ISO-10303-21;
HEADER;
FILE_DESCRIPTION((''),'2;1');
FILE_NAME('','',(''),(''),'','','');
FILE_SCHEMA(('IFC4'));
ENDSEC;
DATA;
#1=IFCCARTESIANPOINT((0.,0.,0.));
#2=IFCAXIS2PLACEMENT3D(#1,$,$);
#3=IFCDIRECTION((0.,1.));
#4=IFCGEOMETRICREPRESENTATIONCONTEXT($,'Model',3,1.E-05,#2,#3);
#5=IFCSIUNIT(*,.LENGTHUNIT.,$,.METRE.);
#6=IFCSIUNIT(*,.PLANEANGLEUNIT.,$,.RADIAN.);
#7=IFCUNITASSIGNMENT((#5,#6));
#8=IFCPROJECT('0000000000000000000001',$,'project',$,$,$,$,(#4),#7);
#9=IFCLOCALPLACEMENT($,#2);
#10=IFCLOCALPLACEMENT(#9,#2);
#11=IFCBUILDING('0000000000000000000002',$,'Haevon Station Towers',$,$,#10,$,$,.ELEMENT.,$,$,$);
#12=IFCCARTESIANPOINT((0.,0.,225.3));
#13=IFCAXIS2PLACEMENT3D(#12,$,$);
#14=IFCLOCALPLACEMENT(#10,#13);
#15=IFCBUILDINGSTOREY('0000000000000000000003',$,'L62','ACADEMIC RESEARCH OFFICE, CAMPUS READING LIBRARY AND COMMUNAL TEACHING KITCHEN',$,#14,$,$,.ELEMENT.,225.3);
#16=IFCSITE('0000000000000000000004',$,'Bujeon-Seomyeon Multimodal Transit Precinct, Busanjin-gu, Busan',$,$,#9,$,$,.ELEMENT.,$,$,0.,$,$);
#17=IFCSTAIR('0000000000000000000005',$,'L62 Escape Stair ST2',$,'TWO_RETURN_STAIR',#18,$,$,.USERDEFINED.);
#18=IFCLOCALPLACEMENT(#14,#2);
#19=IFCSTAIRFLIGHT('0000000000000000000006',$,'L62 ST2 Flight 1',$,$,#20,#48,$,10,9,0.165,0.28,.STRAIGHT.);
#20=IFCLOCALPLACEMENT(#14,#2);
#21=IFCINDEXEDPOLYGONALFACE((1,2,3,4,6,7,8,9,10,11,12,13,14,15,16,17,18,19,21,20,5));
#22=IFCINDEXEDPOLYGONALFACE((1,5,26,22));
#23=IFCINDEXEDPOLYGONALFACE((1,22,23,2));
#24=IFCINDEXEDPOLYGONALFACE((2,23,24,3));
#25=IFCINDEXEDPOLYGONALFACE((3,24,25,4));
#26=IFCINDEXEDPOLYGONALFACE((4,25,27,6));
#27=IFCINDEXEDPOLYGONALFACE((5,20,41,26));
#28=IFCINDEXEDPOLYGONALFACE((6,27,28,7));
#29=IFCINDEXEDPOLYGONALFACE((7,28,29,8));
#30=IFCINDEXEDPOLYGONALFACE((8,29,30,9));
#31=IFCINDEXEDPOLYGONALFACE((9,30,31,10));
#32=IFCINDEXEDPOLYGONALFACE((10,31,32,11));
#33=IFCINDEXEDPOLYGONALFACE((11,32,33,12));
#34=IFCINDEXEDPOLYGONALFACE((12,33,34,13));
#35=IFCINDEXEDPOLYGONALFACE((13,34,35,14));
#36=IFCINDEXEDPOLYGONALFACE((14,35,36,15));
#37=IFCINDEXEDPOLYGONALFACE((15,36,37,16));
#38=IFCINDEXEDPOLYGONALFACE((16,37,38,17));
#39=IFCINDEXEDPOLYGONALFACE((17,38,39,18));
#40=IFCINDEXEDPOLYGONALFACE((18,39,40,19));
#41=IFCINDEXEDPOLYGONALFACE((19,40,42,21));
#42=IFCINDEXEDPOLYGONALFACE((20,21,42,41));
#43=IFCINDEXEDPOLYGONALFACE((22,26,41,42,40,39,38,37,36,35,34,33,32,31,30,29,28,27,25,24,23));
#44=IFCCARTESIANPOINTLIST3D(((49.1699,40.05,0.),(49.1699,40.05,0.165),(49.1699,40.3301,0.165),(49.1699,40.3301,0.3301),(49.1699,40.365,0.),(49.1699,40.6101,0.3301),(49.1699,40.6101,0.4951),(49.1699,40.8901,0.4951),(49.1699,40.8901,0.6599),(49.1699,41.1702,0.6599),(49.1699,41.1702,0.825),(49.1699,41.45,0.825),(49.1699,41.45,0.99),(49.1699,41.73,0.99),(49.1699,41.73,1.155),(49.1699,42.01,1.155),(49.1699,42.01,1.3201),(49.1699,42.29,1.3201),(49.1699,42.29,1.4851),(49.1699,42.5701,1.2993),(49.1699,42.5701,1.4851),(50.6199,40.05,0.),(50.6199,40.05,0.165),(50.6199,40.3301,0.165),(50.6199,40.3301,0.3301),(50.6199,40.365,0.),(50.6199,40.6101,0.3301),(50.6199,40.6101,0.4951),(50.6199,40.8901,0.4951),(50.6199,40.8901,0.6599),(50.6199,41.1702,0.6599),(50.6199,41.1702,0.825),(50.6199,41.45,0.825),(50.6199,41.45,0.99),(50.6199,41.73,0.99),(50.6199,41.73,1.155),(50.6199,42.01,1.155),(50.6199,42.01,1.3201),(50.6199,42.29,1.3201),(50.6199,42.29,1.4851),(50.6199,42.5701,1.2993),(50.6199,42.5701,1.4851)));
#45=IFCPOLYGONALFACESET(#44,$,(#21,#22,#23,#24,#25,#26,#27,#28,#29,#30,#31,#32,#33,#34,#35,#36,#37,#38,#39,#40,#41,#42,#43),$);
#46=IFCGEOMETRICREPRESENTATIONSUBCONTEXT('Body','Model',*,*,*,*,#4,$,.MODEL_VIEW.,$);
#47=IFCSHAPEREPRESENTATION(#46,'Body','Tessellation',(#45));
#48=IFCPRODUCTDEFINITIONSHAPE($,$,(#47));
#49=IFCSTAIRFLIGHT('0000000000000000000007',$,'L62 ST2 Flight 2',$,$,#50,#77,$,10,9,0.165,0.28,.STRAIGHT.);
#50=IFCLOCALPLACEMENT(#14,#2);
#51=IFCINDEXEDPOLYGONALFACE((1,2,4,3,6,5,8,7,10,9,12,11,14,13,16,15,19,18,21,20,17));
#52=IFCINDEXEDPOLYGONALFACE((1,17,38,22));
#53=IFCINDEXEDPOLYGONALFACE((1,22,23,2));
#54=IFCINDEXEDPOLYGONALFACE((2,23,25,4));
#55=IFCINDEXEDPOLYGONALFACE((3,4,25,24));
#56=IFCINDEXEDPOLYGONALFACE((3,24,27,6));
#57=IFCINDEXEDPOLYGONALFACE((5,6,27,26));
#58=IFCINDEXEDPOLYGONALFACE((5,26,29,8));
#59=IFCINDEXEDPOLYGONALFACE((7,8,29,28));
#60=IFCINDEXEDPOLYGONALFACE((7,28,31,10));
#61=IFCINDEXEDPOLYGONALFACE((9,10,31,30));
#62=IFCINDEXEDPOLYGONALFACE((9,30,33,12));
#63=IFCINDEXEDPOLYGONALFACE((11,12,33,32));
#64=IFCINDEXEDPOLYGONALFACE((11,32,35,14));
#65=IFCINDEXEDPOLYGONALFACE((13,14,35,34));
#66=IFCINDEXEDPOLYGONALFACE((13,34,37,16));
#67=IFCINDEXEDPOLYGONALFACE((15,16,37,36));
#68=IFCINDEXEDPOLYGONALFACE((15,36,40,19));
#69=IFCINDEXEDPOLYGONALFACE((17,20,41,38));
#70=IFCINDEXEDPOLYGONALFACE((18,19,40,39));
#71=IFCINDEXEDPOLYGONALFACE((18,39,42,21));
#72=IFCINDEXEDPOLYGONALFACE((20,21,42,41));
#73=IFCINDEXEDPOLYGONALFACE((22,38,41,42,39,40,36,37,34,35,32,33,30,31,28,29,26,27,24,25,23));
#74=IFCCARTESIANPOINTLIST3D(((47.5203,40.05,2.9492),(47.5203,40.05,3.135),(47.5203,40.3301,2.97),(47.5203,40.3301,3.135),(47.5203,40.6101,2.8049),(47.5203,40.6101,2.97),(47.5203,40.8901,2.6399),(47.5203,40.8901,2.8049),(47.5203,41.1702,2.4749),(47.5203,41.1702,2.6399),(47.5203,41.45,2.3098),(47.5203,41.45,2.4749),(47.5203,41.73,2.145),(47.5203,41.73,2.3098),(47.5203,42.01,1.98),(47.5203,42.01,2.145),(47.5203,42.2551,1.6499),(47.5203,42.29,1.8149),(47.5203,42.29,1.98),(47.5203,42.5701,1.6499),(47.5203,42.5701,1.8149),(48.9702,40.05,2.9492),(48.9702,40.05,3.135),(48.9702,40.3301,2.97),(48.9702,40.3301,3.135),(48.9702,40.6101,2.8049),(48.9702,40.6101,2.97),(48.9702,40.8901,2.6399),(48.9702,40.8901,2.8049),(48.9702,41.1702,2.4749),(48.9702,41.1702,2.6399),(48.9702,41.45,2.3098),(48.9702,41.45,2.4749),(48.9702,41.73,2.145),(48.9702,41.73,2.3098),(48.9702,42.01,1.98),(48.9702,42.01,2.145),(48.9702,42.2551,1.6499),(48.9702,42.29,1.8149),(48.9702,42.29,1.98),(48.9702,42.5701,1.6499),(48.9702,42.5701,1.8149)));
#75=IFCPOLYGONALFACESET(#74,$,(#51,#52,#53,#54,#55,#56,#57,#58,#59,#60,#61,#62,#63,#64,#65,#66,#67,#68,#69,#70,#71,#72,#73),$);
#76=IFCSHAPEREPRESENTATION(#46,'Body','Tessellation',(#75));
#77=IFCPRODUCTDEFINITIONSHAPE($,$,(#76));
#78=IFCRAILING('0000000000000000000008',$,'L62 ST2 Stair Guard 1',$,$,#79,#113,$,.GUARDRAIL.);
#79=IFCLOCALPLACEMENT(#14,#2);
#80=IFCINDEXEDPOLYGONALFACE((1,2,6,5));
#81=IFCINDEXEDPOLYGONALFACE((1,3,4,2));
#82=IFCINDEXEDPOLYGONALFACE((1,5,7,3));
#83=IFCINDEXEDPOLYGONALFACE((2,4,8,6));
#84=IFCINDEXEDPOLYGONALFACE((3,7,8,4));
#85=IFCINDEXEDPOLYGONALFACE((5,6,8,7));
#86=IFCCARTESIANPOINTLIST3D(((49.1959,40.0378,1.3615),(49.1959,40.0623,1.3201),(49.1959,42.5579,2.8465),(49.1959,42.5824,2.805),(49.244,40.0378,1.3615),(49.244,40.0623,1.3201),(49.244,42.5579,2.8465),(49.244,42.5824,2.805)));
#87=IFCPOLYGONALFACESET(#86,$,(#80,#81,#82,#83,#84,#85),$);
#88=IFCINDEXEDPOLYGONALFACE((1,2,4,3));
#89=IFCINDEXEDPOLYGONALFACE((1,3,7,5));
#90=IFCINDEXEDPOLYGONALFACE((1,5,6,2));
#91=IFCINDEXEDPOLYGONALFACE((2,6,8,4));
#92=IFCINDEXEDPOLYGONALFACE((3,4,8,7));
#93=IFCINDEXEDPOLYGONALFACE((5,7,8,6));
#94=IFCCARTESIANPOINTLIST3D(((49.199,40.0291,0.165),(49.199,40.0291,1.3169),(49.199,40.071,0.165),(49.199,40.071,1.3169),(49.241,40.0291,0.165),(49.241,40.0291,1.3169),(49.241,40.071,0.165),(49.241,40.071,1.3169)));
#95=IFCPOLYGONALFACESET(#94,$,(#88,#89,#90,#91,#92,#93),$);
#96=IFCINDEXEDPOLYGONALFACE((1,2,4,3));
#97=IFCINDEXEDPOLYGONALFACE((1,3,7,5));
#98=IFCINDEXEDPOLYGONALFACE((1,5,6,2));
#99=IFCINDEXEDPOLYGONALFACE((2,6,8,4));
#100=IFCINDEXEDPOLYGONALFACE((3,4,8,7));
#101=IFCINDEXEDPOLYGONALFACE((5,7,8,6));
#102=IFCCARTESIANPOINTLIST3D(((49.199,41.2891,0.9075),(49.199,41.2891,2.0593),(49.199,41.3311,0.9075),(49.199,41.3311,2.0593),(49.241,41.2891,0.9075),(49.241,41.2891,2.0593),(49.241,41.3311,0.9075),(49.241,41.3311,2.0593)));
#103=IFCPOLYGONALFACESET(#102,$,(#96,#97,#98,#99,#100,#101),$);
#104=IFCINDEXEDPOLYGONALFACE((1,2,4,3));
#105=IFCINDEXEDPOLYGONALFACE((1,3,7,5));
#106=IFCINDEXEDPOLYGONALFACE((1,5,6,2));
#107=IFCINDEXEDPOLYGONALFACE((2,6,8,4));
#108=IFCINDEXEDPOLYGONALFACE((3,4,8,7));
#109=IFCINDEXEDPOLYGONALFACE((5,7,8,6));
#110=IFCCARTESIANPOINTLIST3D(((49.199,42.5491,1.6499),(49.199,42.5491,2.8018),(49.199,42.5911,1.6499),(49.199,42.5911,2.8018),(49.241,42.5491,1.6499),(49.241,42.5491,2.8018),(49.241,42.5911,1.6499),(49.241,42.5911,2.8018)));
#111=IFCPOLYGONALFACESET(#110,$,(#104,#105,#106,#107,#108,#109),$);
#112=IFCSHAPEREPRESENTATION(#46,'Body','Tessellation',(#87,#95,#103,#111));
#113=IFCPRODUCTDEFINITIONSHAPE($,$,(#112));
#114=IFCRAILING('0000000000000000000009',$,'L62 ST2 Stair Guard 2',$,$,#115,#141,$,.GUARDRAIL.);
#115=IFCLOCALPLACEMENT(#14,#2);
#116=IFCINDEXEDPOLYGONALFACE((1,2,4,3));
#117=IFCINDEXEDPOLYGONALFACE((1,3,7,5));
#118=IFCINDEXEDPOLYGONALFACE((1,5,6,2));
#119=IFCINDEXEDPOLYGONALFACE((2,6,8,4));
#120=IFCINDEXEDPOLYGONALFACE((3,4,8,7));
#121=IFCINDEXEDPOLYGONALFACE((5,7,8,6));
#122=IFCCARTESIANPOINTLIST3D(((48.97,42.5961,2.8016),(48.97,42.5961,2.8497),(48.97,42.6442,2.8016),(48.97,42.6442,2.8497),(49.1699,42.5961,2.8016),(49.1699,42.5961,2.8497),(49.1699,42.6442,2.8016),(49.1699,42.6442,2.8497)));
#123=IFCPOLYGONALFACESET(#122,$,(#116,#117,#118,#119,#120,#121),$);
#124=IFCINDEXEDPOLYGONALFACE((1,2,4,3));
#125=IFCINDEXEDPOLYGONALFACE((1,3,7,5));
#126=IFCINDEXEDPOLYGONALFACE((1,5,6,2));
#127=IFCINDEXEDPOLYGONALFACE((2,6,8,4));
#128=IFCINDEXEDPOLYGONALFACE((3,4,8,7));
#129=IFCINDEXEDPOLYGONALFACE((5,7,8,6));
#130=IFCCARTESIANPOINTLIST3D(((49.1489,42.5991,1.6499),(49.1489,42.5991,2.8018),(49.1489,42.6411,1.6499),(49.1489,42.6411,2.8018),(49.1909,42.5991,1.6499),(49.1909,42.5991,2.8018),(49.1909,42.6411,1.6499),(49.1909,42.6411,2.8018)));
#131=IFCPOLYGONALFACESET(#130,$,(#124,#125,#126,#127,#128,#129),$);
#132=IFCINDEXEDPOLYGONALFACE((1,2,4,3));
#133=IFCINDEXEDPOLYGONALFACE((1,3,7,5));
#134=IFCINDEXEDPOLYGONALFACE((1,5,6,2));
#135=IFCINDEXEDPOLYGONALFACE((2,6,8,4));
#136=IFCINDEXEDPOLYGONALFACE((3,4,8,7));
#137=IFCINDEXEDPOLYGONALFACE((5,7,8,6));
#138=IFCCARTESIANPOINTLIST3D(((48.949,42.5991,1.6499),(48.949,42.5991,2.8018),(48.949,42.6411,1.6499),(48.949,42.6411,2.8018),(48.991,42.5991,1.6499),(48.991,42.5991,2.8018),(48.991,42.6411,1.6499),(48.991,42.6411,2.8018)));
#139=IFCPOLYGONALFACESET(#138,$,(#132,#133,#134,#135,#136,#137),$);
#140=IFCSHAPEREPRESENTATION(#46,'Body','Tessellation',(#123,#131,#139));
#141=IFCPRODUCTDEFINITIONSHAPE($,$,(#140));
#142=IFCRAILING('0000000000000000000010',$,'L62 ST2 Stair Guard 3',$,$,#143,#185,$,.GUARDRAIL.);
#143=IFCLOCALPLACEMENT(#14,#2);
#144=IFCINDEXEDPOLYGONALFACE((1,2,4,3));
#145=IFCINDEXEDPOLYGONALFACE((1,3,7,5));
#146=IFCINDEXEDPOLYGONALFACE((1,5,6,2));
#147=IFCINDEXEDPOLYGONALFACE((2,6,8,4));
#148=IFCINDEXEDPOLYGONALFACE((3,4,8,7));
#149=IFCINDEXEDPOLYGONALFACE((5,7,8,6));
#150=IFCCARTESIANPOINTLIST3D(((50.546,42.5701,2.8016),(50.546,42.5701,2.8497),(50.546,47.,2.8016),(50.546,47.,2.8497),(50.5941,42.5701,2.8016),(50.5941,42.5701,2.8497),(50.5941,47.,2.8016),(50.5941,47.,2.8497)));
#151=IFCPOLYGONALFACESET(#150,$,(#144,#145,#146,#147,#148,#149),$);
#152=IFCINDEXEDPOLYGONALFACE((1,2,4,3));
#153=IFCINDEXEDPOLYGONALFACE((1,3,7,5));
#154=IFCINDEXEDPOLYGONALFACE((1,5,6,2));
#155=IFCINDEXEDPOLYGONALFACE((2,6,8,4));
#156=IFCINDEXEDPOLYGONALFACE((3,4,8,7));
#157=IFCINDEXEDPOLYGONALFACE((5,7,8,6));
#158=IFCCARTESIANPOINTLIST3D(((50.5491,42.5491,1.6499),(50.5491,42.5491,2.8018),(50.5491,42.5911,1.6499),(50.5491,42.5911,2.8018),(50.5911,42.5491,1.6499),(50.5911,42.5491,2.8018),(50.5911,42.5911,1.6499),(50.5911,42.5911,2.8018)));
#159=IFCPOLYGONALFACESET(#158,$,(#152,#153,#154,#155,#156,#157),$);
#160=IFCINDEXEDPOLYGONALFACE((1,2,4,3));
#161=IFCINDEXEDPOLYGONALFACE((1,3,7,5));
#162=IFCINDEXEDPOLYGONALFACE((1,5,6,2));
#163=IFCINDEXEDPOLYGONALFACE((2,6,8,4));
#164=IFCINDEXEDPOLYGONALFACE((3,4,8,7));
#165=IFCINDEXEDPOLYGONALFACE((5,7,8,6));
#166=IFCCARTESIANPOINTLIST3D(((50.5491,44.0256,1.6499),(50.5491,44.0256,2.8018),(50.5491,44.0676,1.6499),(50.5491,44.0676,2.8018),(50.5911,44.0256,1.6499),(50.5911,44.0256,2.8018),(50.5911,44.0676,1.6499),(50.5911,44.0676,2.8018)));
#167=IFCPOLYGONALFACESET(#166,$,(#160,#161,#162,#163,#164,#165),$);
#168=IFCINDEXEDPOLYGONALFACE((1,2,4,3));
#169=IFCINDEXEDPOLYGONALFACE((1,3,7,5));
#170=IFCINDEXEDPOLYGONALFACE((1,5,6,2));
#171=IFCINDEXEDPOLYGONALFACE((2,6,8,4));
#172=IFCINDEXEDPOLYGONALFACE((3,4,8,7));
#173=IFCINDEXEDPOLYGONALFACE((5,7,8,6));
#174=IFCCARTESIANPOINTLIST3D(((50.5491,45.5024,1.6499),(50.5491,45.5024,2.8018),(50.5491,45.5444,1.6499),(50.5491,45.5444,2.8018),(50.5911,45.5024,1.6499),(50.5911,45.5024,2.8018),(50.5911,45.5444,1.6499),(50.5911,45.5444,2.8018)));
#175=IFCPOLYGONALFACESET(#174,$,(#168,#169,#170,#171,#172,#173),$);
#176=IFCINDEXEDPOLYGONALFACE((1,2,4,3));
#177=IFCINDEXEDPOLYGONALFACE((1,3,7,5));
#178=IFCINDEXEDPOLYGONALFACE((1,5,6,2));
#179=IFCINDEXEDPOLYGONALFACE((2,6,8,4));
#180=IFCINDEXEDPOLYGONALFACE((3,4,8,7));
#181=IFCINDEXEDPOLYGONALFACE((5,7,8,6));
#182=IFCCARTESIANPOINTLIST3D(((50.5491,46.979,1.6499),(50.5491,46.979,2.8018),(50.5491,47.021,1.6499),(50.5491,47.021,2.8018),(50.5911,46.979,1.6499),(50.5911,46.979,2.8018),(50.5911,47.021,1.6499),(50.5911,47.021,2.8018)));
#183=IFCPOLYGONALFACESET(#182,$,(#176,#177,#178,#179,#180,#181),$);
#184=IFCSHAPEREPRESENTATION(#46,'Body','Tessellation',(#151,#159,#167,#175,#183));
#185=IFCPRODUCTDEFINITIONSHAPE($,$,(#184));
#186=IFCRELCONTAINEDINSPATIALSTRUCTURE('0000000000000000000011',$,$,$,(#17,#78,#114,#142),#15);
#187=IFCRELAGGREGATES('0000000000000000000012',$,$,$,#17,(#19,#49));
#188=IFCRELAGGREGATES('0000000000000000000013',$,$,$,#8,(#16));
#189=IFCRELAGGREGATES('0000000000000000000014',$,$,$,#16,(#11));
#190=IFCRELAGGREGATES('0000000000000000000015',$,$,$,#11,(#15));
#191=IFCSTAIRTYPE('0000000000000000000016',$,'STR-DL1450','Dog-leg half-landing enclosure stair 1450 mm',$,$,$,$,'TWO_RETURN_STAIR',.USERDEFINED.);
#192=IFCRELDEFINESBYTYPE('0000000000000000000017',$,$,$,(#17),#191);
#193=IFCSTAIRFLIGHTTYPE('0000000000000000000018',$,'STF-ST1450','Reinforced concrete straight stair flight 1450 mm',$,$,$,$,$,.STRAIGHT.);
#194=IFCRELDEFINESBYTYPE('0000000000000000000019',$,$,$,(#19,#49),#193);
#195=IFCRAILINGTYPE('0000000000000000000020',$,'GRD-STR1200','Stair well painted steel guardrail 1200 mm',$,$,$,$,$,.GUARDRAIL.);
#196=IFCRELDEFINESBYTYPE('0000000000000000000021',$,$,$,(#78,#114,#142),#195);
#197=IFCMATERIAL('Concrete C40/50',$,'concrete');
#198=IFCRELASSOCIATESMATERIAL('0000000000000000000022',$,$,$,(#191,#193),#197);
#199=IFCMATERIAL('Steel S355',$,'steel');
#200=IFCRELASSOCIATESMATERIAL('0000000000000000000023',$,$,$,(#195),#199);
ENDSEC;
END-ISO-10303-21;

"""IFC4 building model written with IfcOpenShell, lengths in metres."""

from ifc_helpers import new_model, si_unit, direction, frame, origin, origin_2d, place, context, subcontext, project, spatial, polyline, rectangle, outline, extrude, material, type_object, element, aggregate, save


model = new_model("IFC4")

# Units and contexts
model_context = context("Model", 3, precision=1e-05, world=origin(), true_north=direction((0.0, 1.0)))
body_context = subcontext(model_context, "Body", "Model", "MODEL_VIEW")
ifc_project = project(units=[si_unit("LENGTHUNIT", "METRE"), si_unit("PLANEANGLEUNIT", "RADIAN")], contexts=[model_context])

# Site, building, storey
site_placement = place(None, origin())
site = spatial("IfcSite", under=ifc_project, at=site_placement, Name="Bujeon-Seomyeon Multimodal Transit Precinct, Busanjin-gu, Busan", CompositionType="ELEMENT", RefElevation=0.0)
building_placement = place(site_placement, origin())
building = spatial("IfcBuilding", under=site, at=building_placement, Name="Haevon Station Towers", CompositionType="ELEMENT")
storey_placement = place(building_placement, frame((0.0, 0.0, 225.3)))
storey = spatial("IfcBuildingStorey", under=building, at=storey_placement, Name="L62", Description="ACADEMIC RESEARCH OFFICE, CAMPUS READING LIBRARY AND COMMUNAL TEACHING KITCHEN", CompositionType="ELEMENT", Elevation=225.3)

# Shared definitions
ifc_material_1 = material(Name="Steel S355", Category="steel")

# Stair, stair flights
ifc_material_2 = material(Name="Concrete C40/50", Category="concrete")
stair_type = type_object("IfcStairType", Name="STR-DL1450", Description="Dog-leg half-landing enclosure stair 1450 mm", ElementType="TWO_RETURN_STAIR", PredefinedType="USERDEFINED", material=ifc_material_2)
stair_placement = place(storey_placement, origin())
stair = element("IfcStair", 1, at=stair_placement, inside=storey, type_object=stair_type, Name="L62 Escape Stair ST2", ObjectType="TWO_RETURN_STAIR", PredefinedType="USERDEFINED")
stair_flight_type = type_object("IfcStairFlightType", Name="STF-ST1450", Description="Reinforced concrete straight stair flight 1450 mm", PredefinedType="STRAIGHT", material=ifc_material_2)
stair_flight_1_placement = place(storey_placement, frame((49.895, 40.05, 0.0), z_axis=(0.0, 0.0, 1.0), x_axis=(0.0, 1.0, 0.0)))
stair_flight_1 = element("IfcStairFlight", 2, at=stair_flight_1_placement, type_object=stair_flight_type, Name="L62 ST2 Flight 1", NumberOfRisers=10, NumberOfTreads=9, PredefinedType="STRAIGHT", RiserHeight=0.165, TreadLength=0.28, context=body_context, shape_type="SweptSolid", body=[
    extrude(outline(polyline([(0.0, 0.0), (0.0, 0.165), (0.28, 0.165), (0.28, 0.3301), (0.5601, 0.3301), (0.5601, 0.4951), (0.8401, 0.4951), (0.8401, 0.6599), (1.1201, 0.6599), (1.1201, 0.825), (1.3999, 0.825), (1.3999, 0.99), (1.6799, 0.99), (1.6799, 1.155), (1.96, 1.155), (1.96, 1.3201), (2.24, 1.3201), (2.24, 1.4851), (2.52, 1.4851), (2.52, 1.6499), (2.52, 1.2993), (0.3149, 0.0), (0.0, 0.0)])), frame((0.0, 0.7251, 0.0), z_axis=(0.0, -1.0, 0.0), x_axis=(1.0, 0.0, 0.0)), (0.0, 0.0, 1.0), 1.45),
])
stair_flight_2_placement = place(storey_placement, frame((48.2451, 42.5701, 1.6499), z_axis=(0.0, 0.0, 1.0), x_axis=(0.0, -1.0, 0.0)))
stair_flight_2 = element("IfcStairFlight", 3, at=stair_flight_2_placement, type_object=stair_flight_type, Name="L62 ST2 Flight 2", NumberOfRisers=10, NumberOfTreads=9, PredefinedType="STRAIGHT", RiserHeight=0.165, TreadLength=0.28, context=body_context, shape_type="SweptSolid", body=[
    extrude(outline(polyline([(0.0, 0.0), (0.0, 0.165), (0.28, 0.165), (0.28, 0.3301), (0.5601, 0.3301), (0.5601, 0.4951), (0.8401, 0.4951), (0.8401, 0.6599), (1.1201, 0.6599), (1.1201, 0.825), (1.3999, 0.825), (1.3999, 0.99), (1.6799, 0.99), (1.6799, 1.155), (1.96, 1.155), (1.96, 1.3201), (2.24, 1.3201), (2.24, 1.4851), (2.52, 1.4851), (2.52, 1.6499), (2.52, 1.2993), (0.3149, 0.0), (0.0, 0.0)])), frame((0.0, 0.7251, 0.0), z_axis=(0.0, -1.0, 0.0), x_axis=(1.0, 0.0, 0.0)), (0.0, 0.0, 1.0), 1.45),
])
aggregate(stair, [stair_flight_1, stair_flight_2])

# Railings
railing_type_1 = type_object("IfcRailingType", Name="GRD-STR1200", Description="Stair well painted steel guardrail 1200 mm", PredefinedType="GUARDRAIL", material=ifc_material_1)
railing_1_placement = place(storey_placement, frame((49.22, 40.05, 0.165)))
element("IfcRailing", 4, at=railing_1_placement, inside=storey, type_object=railing_type_1, Name="L62 ST2 Stair Guard 1", PredefinedType="GUARDRAIL", context=body_context, shape_type="SweptSolid", body=[
    extrude(rectangle(XDim=0.0481, YDim=0.0481, at=origin_2d()), frame((0.0, 0.0, 1.1758), z_axis=(0.0, 0.861561, 0.507655), x_axis=(-1.0, 0.0, 0.0)), (0.0, 0.0, 1.0), 2.925),
    extrude(rectangle(XDim=0.042, YDim=0.042, at=origin_2d()), origin(), (0.0, 0.0, 1.0), 1.1519),
    extrude(rectangle(XDim=0.042, YDim=0.042, at=origin_2d()), frame((0.0, 1.26, 0.7424)), (0.0, 0.0, 1.0), 1.1519),
    extrude(rectangle(XDim=0.042, YDim=0.042, at=origin_2d()), frame((0.0, 2.52, 1.4849)), (0.0, 0.0, 1.0), 1.1519),
])
railing_2_placement = place(storey_placement, frame((49.1699, 42.6201, 1.6499)))
element("IfcRailing", 5, at=railing_2_placement, inside=storey, type_object=railing_type_1, Name="L62 ST2 Stair Guard 2", PredefinedType="GUARDRAIL", context=body_context, shape_type="SweptSolid", body=[
    extrude(rectangle(XDim=0.0481, YDim=0.0481, at=origin_2d()), frame((0.0, 0.0, 1.1758), z_axis=(-1.0, 0.0, 0.0), x_axis=(0.0, -1.0, 0.0)), (0.0, 0.0, 1.0), 0.2),
    extrude(rectangle(XDim=0.042, YDim=0.042, at=origin_2d()), origin(), (0.0, 0.0, 1.0), 1.1519),
    extrude(rectangle(XDim=0.042, YDim=0.042, at=origin_2d()), frame((-0.2, 0.0, 0.0)), (0.0, 0.0, 1.0), 1.1519),
])
for number, where, name in (
    (6, (50.5701, 42.5701, 1.6499), "L62 ST2 Stair Guard 3"),
):
    element("IfcRailing", number, at=place(storey_placement, frame(where)), inside=storey, type_object=railing_type_1, Name=name, PredefinedType="GUARDRAIL", context=body_context, shape_type="SweptSolid", body=[
        extrude(rectangle(XDim=0.0481, YDim=0.0481, at=origin_2d()), frame((0.0, 0.0, 1.1758), z_axis=(0.0, 1.0, 0.0), x_axis=(-1.0, 0.0, 0.0)), (0.0, 0.0, 1.0), 4.4299),
        extrude(rectangle(XDim=0.042, YDim=0.042, at=origin_2d()), origin(), (0.0, 0.0, 1.0), 1.1519),
        extrude(rectangle(XDim=0.042, YDim=0.042, at=origin_2d()), frame((0.0, 1.4766, 0.0)), (0.0, 0.0, 1.0), 1.1519),
        extrude(rectangle(XDim=0.042, YDim=0.042, at=origin_2d()), frame((0.0, 2.9534, 0.0)), (0.0, 0.0, 1.0), 1.1519),
        extrude(rectangle(XDim=0.042, YDim=0.042, at=origin_2d()), frame((0.0, 4.4299, 0.0)), (0.0, 0.0, 1.0), 1.1519),
    ])

save(model, "model.ifc")
